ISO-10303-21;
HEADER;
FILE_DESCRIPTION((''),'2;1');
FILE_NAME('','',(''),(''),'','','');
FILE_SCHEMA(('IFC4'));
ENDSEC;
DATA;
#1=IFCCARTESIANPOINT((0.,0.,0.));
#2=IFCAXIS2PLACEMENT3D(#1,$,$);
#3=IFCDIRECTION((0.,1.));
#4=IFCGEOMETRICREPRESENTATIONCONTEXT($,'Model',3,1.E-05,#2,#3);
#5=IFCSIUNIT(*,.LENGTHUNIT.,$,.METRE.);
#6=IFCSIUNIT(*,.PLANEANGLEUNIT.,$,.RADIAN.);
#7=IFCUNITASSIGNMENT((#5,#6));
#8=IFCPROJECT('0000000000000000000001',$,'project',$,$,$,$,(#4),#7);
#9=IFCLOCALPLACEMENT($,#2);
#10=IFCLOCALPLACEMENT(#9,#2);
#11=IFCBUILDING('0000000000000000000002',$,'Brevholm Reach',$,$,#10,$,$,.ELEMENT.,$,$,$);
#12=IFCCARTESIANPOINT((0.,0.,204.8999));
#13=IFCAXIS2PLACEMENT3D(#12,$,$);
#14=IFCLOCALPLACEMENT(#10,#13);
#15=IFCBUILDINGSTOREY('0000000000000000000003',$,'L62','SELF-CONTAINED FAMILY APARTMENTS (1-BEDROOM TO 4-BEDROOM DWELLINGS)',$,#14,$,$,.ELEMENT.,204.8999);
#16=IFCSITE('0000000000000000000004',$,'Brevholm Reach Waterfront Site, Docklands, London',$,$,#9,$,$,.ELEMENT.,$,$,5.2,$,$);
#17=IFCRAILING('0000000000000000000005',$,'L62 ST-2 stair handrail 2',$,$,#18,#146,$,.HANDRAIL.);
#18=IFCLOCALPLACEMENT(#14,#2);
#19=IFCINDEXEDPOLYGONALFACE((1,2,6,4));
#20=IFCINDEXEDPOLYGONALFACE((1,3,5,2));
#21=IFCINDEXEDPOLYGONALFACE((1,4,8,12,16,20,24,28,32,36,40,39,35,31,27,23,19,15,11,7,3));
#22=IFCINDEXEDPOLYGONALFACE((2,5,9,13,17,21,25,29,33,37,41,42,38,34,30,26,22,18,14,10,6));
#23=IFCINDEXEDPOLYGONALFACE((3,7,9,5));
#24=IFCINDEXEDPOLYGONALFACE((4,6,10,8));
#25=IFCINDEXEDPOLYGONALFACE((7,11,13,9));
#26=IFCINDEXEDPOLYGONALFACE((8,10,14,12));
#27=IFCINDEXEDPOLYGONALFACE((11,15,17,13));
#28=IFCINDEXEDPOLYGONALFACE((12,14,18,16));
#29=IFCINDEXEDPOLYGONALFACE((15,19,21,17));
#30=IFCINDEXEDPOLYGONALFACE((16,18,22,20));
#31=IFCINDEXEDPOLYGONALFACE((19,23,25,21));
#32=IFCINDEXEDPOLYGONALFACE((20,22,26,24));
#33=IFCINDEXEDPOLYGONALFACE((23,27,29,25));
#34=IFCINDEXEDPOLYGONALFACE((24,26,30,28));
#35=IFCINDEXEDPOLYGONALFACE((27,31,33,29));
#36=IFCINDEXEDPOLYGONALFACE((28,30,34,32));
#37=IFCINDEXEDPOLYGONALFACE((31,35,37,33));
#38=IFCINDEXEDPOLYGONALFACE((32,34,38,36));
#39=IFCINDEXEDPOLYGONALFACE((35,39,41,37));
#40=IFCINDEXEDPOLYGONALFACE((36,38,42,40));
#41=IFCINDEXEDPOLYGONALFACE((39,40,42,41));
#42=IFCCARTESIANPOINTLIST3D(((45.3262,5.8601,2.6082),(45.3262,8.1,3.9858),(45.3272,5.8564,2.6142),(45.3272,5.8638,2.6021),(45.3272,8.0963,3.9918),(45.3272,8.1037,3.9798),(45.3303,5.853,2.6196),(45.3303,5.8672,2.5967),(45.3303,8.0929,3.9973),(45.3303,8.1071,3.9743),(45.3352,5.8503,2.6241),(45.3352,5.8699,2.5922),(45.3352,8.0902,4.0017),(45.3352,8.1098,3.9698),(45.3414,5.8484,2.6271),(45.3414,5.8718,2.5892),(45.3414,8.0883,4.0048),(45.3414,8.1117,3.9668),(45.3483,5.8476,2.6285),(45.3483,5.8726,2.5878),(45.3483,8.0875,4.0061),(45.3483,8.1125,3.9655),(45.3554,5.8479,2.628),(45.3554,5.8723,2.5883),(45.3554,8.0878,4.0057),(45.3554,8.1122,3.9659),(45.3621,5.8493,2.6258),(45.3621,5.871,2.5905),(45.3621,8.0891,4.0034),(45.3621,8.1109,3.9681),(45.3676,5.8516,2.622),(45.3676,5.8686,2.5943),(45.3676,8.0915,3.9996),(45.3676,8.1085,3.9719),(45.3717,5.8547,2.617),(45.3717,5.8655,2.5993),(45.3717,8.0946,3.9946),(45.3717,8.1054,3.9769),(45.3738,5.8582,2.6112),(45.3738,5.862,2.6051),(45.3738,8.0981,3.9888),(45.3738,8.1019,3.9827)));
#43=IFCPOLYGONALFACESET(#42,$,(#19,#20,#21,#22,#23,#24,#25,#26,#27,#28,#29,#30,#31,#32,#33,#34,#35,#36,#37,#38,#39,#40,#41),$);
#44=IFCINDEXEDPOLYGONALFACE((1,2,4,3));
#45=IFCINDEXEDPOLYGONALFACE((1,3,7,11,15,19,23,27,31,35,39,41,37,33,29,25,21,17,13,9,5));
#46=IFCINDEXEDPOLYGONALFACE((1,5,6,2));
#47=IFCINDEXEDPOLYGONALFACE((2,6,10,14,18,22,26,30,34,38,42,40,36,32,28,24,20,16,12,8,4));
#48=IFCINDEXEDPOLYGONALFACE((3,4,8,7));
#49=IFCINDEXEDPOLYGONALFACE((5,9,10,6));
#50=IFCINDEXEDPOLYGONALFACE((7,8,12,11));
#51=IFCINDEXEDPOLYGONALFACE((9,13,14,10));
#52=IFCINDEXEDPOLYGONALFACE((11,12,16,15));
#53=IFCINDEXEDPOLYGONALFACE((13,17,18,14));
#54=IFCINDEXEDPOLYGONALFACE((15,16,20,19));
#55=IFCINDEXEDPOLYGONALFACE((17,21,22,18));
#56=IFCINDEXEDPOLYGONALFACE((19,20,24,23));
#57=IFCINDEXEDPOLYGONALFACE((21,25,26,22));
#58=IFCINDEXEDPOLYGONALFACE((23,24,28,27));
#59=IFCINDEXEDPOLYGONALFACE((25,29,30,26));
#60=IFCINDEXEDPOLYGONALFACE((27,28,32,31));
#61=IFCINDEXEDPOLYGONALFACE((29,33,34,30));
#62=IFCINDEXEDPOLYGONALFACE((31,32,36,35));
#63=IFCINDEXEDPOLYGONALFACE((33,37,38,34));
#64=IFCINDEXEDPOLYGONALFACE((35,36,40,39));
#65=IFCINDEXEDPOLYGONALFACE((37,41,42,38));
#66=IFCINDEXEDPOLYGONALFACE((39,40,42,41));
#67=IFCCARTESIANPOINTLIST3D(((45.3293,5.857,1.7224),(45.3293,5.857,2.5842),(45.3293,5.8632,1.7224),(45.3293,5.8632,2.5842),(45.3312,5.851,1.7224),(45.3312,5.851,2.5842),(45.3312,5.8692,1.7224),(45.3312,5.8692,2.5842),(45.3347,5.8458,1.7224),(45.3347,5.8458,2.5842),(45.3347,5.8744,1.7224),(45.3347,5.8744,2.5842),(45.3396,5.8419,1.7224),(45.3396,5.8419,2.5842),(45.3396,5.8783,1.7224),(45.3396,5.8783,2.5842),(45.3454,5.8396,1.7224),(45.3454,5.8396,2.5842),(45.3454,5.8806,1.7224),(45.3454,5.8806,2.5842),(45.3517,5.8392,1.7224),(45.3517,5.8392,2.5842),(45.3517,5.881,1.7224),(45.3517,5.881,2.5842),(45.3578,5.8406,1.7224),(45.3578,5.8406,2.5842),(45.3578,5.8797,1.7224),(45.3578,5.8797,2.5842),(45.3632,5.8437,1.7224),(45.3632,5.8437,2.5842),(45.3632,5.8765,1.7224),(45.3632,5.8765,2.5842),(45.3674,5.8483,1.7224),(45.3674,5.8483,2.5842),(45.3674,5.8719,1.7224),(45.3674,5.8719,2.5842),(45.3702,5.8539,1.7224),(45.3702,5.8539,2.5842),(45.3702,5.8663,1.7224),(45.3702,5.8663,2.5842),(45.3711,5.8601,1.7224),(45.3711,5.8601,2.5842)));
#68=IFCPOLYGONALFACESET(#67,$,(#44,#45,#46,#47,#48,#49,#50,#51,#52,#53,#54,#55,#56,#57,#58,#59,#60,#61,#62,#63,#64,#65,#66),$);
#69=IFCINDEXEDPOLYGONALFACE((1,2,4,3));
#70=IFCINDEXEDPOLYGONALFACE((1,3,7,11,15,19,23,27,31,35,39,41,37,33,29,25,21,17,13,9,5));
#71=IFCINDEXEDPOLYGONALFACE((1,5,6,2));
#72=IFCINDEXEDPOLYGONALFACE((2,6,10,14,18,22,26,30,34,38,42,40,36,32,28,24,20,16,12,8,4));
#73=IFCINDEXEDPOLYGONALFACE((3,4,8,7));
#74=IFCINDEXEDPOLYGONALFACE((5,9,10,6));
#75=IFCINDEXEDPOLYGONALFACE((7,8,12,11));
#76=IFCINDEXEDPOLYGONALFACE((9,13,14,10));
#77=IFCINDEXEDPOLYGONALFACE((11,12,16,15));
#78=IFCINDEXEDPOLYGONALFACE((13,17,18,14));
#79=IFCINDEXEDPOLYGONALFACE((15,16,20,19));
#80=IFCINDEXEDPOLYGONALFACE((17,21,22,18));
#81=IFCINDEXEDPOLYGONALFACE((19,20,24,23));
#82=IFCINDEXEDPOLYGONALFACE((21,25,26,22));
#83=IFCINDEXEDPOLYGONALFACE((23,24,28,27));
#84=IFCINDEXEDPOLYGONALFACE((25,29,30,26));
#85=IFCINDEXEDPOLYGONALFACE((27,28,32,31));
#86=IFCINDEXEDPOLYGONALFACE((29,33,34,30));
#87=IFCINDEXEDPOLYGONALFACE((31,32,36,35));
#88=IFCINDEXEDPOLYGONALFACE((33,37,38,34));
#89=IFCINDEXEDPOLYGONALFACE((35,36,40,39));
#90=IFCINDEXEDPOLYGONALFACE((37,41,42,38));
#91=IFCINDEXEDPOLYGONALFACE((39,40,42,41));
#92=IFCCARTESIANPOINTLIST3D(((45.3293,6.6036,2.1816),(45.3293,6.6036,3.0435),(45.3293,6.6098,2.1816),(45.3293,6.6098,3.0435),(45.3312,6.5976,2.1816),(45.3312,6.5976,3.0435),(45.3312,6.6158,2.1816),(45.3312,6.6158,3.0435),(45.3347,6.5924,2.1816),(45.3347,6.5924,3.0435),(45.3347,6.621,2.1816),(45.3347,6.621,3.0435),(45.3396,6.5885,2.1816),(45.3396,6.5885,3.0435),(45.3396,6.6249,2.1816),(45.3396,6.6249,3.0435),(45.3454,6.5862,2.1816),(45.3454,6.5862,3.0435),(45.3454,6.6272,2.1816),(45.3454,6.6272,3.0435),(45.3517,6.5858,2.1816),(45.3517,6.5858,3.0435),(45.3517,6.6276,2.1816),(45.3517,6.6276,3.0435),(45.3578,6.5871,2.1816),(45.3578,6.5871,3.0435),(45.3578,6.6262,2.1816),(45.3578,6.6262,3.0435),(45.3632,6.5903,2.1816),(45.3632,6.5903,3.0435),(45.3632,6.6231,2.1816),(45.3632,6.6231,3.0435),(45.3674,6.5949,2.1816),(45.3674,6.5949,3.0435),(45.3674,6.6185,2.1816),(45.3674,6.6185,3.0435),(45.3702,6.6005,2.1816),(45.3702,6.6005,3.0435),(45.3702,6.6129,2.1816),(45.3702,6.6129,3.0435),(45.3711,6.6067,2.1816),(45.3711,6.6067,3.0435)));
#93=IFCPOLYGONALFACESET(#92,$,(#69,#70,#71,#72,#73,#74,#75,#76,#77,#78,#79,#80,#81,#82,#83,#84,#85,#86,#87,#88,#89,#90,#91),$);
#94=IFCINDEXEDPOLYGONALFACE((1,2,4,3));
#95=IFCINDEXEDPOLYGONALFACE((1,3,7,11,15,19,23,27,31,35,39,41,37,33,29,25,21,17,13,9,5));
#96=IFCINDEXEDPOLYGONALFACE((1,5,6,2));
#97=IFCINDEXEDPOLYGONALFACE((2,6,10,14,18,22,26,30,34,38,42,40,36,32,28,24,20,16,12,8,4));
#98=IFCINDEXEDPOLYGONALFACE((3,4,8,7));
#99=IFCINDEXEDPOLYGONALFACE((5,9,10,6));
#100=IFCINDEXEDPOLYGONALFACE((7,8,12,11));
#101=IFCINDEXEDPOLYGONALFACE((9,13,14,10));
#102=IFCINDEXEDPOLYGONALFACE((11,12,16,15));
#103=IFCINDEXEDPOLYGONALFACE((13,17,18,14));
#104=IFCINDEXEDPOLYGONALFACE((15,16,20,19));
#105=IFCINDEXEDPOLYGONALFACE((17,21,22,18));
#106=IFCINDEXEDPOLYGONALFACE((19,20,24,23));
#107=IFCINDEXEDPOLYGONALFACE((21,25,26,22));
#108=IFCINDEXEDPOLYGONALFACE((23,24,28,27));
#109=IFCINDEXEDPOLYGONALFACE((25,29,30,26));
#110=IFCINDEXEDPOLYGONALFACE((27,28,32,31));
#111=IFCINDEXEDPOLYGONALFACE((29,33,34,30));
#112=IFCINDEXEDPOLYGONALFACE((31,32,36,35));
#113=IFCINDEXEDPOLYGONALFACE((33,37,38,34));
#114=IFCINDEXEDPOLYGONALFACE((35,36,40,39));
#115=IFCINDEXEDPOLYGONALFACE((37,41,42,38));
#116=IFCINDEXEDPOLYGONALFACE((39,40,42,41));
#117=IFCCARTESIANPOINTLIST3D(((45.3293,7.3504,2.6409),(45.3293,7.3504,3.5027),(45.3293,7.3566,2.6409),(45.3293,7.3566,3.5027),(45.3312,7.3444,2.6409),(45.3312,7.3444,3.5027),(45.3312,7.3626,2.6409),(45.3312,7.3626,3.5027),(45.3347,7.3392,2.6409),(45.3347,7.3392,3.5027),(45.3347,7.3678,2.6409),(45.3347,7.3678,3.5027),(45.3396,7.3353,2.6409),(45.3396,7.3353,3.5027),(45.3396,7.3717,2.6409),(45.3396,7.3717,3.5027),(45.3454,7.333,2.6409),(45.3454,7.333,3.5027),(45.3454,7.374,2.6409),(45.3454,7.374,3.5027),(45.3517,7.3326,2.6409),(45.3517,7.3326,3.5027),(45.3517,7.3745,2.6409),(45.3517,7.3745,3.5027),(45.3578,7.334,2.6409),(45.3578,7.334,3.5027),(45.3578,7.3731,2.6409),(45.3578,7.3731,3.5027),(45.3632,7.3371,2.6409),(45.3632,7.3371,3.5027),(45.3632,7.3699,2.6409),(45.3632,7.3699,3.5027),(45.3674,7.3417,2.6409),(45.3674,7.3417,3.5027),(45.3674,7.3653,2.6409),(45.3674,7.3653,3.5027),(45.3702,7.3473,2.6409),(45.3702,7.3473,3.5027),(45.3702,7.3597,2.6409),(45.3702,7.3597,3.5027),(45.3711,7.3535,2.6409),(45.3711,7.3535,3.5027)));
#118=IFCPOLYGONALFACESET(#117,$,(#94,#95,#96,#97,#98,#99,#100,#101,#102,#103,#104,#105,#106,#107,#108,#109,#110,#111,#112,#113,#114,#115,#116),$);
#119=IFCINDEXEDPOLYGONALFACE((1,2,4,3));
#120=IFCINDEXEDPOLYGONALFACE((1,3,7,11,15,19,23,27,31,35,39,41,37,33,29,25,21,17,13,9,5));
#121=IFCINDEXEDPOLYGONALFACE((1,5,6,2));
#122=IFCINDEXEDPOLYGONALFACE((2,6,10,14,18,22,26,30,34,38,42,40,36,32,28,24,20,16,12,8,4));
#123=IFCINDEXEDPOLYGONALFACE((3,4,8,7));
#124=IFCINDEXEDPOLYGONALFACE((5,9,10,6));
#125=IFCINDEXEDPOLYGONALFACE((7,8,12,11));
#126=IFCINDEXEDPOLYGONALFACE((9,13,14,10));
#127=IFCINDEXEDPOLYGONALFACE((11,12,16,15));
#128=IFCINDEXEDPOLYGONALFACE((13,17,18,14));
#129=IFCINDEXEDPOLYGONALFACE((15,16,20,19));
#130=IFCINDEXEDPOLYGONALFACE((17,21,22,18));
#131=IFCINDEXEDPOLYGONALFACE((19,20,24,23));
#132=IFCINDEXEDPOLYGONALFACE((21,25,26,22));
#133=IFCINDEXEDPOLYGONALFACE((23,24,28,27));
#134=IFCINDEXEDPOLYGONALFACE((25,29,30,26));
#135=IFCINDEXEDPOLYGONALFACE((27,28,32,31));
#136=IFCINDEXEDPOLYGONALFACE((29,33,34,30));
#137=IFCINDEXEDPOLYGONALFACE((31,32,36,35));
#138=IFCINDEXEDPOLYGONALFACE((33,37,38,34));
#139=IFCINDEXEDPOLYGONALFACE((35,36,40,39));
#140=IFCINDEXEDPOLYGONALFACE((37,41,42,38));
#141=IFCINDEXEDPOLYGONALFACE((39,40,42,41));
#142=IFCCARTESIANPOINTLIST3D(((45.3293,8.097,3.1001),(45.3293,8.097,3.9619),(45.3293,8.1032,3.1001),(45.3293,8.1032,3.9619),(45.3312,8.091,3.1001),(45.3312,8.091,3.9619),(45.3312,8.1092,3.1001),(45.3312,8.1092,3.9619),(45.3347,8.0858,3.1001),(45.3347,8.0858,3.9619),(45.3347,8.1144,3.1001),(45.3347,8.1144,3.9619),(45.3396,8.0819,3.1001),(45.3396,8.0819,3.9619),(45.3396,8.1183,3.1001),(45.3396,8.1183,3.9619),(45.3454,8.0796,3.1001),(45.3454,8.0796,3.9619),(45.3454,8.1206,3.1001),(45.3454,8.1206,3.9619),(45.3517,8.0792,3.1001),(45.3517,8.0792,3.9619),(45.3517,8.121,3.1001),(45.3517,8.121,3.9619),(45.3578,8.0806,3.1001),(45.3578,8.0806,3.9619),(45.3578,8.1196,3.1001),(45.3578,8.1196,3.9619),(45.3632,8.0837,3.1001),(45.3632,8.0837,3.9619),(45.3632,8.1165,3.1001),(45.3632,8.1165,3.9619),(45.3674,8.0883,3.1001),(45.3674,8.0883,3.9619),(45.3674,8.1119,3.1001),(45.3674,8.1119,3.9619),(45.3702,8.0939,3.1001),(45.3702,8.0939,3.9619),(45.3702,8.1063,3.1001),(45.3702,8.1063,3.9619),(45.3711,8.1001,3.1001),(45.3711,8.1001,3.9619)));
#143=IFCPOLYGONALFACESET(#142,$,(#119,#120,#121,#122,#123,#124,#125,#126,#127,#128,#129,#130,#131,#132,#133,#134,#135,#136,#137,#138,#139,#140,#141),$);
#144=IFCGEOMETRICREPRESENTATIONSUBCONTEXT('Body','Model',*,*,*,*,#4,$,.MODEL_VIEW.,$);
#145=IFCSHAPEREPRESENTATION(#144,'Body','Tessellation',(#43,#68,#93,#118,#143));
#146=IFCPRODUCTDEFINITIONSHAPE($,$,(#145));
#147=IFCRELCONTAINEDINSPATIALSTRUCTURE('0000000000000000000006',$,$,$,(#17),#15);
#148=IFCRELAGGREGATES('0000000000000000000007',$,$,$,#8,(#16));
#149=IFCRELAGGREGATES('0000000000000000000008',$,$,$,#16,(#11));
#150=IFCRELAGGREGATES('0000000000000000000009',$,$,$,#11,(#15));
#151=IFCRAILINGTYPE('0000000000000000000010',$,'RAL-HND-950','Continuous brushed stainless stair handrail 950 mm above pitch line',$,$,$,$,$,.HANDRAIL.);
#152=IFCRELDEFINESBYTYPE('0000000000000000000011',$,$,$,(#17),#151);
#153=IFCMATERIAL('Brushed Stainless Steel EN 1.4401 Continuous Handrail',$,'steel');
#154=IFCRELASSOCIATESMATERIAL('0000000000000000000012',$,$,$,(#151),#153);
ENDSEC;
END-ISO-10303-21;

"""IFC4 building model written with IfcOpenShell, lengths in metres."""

from ifc_helpers import new_model, si_unit, direction, frame, origin, origin_2d, place, context, subcontext, project, spatial, circle, extrude, material, type_object, element, save


model = new_model("IFC4")

# Units and contexts
model_context = context("Model", 3, precision=1e-05, world=origin(), true_north=direction((0.0, 1.0)))
body_context = subcontext(model_context, "Body", "Model", "MODEL_VIEW")
ifc_project = project(units=[si_unit("LENGTHUNIT", "METRE"), si_unit("PLANEANGLEUNIT", "RADIAN")], contexts=[model_context])

# Site, building, storey
site_placement = place(None, origin())
site = spatial("IfcSite", under=ifc_project, at=site_placement, Name="Brevholm Reach Waterfront Site, Docklands, London", CompositionType="ELEMENT", RefElevation=5.2)
building_placement = place(site_placement, origin())
building = spatial("IfcBuilding", under=site, at=building_placement, Name="Brevholm Reach", CompositionType="ELEMENT")
storey_placement = place(building_placement, frame((0.0, 0.0, 204.8999)))
storey = spatial("IfcBuildingStorey", under=building, at=storey_placement, Name="L62", Description="SELF-CONTAINED FAMILY APARTMENTS (1-BEDROOM TO 4-BEDROOM DWELLINGS)", CompositionType="ELEMENT", Elevation=204.8999)

# Railing
ifc_material_1 = material(Name="Brushed Stainless Steel EN 1.4401 Continuous Handrail", Category="steel")
railing_type_1 = type_object("IfcRailingType", Name="RAL-HND-950", Description="Continuous brushed stainless stair handrail 950 mm above pitch line", PredefinedType="HANDRAIL", material=ifc_material_1)
railing_1_placement = place(storey_placement, frame((45.3501, 5.8601, 1.7224)))
element("IfcRailing", 1, at=railing_1_placement, inside=storey, type_object=railing_type_1, Name="L62 ST-2 stair handrail 2", PredefinedType="HANDRAIL", context=body_context, shape_type="SweptSolid", body=[
    extrude(circle(Radius=0.0239, at=origin_2d()), frame((0.0, 0.0, 0.8857), z_axis=(0.0, 0.851789, 0.523885), x_axis=(-1.0, 0.0, 0.0)), (0.0, 0.0, 1.0), 2.6296),
    extrude(circle(Radius=0.021, at=origin_2d()), origin(), (0.0, 0.0, 1.0), 0.8618),
    extrude(circle(Radius=0.021, at=origin_2d()), frame((0.0, 0.7466, 0.4592)), (0.0, 0.0, 1.0), 0.8618),
    extrude(circle(Radius=0.021, at=origin_2d()), frame((0.0, 1.4934, 0.9185)), (0.0, 0.0, 1.0), 0.8618),
    extrude(circle(Radius=0.021, at=origin_2d()), frame((0.0, 2.24, 1.3777)), (0.0, 0.0, 1.0), 0.8618),
])

save(model, "model.ifc")
